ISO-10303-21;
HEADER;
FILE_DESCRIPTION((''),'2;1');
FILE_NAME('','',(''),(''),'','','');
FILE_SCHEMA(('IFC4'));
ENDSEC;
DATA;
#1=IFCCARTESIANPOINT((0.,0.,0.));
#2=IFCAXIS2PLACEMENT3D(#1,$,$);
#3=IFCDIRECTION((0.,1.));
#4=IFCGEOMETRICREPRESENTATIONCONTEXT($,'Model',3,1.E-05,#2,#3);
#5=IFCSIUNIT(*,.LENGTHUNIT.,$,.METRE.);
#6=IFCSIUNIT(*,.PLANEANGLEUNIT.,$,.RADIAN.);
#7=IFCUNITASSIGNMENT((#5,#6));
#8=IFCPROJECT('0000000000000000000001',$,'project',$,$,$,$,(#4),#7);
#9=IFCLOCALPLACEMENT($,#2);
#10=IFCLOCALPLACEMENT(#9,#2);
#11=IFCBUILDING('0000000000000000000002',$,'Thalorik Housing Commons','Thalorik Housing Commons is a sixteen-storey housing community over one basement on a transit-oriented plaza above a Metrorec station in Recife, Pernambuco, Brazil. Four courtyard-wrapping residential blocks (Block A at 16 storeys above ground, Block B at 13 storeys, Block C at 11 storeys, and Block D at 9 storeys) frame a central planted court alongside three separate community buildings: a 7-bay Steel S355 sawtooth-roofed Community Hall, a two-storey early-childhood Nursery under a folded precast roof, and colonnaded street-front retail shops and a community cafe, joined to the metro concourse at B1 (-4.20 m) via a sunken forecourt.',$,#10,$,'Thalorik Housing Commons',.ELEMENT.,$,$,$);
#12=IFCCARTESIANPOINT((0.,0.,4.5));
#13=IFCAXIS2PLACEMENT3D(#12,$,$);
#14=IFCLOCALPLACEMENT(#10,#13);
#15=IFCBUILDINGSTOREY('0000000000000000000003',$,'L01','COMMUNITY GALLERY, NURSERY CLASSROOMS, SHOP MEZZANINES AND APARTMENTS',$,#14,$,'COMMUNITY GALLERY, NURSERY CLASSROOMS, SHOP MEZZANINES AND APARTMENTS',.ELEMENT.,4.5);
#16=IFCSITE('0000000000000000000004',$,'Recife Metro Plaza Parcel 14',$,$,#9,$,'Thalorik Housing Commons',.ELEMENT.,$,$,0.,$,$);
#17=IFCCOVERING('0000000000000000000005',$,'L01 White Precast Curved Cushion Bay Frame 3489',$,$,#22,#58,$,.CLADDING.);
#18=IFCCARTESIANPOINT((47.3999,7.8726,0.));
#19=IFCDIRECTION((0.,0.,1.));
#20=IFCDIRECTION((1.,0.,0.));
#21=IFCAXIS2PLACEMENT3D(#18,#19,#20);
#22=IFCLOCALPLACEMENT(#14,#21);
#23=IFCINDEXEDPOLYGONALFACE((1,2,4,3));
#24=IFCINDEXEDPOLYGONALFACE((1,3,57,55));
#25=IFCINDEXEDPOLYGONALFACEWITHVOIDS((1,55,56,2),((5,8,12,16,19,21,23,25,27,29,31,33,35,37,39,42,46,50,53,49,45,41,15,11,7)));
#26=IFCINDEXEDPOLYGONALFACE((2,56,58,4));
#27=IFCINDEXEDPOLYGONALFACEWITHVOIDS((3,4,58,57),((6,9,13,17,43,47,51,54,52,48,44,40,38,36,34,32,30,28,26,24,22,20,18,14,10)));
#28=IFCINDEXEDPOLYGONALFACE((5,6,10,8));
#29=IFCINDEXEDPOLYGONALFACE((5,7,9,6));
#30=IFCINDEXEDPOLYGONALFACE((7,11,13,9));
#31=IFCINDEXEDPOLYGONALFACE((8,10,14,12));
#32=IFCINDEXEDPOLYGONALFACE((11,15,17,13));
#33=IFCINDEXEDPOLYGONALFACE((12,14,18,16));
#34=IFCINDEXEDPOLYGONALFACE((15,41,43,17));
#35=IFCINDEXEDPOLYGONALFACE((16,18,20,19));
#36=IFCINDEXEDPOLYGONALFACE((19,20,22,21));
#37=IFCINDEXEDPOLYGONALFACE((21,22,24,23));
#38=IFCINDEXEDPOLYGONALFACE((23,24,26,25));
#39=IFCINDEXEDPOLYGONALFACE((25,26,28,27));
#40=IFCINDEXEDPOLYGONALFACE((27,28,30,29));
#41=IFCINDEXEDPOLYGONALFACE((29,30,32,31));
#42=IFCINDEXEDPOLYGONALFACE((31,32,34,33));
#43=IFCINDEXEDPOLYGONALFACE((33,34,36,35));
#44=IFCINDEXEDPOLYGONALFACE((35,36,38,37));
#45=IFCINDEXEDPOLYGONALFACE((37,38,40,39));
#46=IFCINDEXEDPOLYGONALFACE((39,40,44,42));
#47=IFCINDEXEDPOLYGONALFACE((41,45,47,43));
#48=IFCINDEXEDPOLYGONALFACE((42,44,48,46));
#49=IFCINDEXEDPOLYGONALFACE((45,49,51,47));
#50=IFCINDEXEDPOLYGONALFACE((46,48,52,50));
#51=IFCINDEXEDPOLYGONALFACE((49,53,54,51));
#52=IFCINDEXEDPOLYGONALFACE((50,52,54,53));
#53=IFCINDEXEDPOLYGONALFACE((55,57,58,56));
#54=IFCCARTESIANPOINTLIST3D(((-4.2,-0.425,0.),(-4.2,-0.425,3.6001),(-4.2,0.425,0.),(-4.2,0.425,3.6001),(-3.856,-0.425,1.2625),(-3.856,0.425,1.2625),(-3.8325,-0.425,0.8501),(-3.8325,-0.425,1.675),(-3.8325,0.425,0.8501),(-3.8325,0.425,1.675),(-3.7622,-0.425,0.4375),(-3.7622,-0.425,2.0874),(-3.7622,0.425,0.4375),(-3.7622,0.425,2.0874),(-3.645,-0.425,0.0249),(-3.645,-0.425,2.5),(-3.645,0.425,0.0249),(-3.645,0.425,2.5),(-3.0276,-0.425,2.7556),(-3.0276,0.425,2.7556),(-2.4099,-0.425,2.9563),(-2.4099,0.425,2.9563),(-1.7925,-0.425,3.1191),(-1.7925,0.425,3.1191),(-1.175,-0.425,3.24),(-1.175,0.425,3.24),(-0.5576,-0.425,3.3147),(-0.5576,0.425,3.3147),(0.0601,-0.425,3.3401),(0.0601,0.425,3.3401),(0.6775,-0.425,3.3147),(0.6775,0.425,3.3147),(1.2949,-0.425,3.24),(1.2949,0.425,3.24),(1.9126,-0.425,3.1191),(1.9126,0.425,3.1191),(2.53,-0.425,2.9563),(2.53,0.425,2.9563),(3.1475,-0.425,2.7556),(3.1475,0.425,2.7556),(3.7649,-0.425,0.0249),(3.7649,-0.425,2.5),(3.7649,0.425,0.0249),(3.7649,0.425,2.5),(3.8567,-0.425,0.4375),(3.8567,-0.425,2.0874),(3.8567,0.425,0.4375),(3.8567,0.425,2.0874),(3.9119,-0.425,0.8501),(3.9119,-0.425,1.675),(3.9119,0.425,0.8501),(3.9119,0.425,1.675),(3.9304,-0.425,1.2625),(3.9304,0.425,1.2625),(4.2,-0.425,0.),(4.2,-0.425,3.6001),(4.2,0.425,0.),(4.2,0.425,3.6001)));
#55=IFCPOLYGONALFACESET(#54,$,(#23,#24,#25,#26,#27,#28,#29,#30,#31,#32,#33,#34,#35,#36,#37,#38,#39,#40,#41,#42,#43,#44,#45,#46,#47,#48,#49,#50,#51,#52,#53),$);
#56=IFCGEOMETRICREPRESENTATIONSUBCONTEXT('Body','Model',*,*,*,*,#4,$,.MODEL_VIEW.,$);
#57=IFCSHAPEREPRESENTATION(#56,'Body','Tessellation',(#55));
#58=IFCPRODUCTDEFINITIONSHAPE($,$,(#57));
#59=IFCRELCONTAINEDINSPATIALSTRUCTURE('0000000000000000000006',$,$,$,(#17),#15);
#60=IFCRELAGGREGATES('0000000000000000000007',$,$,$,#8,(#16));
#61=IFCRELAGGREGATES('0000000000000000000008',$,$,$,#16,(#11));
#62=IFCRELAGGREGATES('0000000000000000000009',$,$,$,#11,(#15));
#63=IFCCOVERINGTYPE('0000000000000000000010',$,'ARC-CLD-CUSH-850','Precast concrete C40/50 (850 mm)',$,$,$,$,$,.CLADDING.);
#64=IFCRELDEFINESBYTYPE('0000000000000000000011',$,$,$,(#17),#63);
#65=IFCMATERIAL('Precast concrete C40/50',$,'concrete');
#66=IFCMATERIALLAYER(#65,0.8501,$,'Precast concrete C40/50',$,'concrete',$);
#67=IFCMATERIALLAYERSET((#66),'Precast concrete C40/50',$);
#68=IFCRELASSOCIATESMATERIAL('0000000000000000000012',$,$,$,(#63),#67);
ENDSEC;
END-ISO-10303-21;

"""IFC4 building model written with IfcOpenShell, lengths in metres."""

from ifc_helpers import new_model, si_unit, direction, frame, origin, place, context, subcontext, project, spatial, polyline, outline, extrude, material, layer, layer_set, type_object, element, save


model = new_model("IFC4")

# Units and contexts
model_context = context("Model", 3, precision=1e-05, world=origin(), true_north=direction((0.0, 1.0)))
body_context = subcontext(model_context, "Body", "Model", "MODEL_VIEW")
ifc_project = project(units=[si_unit("LENGTHUNIT", "METRE"), si_unit("PLANEANGLEUNIT", "RADIAN")], contexts=[model_context])

# Site, building, storey
site_placement = place(None, origin())
site = spatial("IfcSite", under=ifc_project, at=site_placement, Name="Recife Metro Plaza Parcel 14", LongName="Thalorik Housing Commons", CompositionType="ELEMENT", RefElevation=0.0)
building_placement = place(site_placement, origin())
building = spatial("IfcBuilding", under=site, at=building_placement, Name="Thalorik Housing Commons", Description="Thalorik Housing Commons is a sixteen-storey housing community over one basement on a transit-oriented plaza above a Metrorec station in Recife, Pernambuco, Brazil. Four courtyard-wrapping residential blocks (Block A at 16 storeys above ground, Block B at 13 storeys, Block C at 11 storeys, and Block D at 9 storeys) frame a central planted court alongside three separate community buildings: a 7-bay Steel S355 sawtooth-roofed Community Hall, a two-storey early-childhood Nursery under a folded precast roof, and colonnaded street-front retail shops and a community cafe, joined to the metro concourse at B1 (-4.20 m) via a sunken forecourt.", LongName="Thalorik Housing Commons", CompositionType="ELEMENT")
storey_placement = place(building_placement, frame((0.0, 0.0, 4.5)))
storey = spatial("IfcBuildingStorey", under=building, at=storey_placement, Name="L01", Description="COMMUNITY GALLERY, NURSERY CLASSROOMS, SHOP MEZZANINES AND APARTMENTS", LongName="COMMUNITY GALLERY, NURSERY CLASSROOMS, SHOP MEZZANINES AND APARTMENTS", CompositionType="ELEMENT", Elevation=4.5)

# Shared definitions
ifc_material_1 = material(Name="Precast concrete C40/50", Category="concrete")

# Covering
ifc_layer_1 = layer(ifc_material_1, 0.8501, Name="Precast concrete C40/50", Category="concrete")
ifc_layer_set_1 = layer_set([ifc_layer_1], Name="Precast concrete C40/50")
covering_type_1 = type_object("IfcCoveringType", Name="ARC-CLD-CUSH-850", Description="Precast concrete C40/50 (850 mm)", PredefinedType="CLADDING", material=ifc_layer_set_1)
covering_1_placement = place(storey_placement, frame((47.3999, 7.8726, 0.0), z_axis=(0.0, 0.0, 1.0), x_axis=(1.0, 0.0, 0.0)))
element("IfcCovering", 1, at=covering_1_placement, inside=storey, type_object=covering_type_1, Name="L01 White Precast Curved Cushion Bay Frame 3489", PredefinedType="CLADDING", context=body_context, shape_type="SweptSolid", body=[
    extrude(outline(polyline([(-4.2, 0.0), (4.2, 0.0), (4.2, 3.6001), (-4.2, 3.6001), (-4.2, 0.0)]), holes=[polyline([(3.7649, 0.0249), (3.8567, 0.4375), (3.9119, 0.8501), (3.9304, 1.2625), (3.9119, 1.675), (3.8567, 2.0874), (3.7649, 2.5), (3.1475, 2.7556), (2.53, 2.9563), (1.9126, 3.1191), (1.2949, 3.24), (0.6775, 3.3147), (0.0601, 3.3401), (-0.5576, 3.3147), (-1.175, 3.24), (-1.7925, 3.1191), (-2.4099, 2.9563), (-3.0276, 2.7556), (-3.645, 2.5), (-3.7622, 2.0874), (-3.8325, 1.675), (-3.856, 1.2625), (-3.8325, 0.8501), (-3.7622, 0.4375), (-3.645, 0.0249), (3.7649, 0.0249)])]), frame((0.0, 0.425, 0.0), z_axis=(0.0, -1.0, 0.0), x_axis=(1.0, 0.0, 0.0)), (0.0, 0.0, 1.0), 0.8501),
])

save(model, "model.ifc")
